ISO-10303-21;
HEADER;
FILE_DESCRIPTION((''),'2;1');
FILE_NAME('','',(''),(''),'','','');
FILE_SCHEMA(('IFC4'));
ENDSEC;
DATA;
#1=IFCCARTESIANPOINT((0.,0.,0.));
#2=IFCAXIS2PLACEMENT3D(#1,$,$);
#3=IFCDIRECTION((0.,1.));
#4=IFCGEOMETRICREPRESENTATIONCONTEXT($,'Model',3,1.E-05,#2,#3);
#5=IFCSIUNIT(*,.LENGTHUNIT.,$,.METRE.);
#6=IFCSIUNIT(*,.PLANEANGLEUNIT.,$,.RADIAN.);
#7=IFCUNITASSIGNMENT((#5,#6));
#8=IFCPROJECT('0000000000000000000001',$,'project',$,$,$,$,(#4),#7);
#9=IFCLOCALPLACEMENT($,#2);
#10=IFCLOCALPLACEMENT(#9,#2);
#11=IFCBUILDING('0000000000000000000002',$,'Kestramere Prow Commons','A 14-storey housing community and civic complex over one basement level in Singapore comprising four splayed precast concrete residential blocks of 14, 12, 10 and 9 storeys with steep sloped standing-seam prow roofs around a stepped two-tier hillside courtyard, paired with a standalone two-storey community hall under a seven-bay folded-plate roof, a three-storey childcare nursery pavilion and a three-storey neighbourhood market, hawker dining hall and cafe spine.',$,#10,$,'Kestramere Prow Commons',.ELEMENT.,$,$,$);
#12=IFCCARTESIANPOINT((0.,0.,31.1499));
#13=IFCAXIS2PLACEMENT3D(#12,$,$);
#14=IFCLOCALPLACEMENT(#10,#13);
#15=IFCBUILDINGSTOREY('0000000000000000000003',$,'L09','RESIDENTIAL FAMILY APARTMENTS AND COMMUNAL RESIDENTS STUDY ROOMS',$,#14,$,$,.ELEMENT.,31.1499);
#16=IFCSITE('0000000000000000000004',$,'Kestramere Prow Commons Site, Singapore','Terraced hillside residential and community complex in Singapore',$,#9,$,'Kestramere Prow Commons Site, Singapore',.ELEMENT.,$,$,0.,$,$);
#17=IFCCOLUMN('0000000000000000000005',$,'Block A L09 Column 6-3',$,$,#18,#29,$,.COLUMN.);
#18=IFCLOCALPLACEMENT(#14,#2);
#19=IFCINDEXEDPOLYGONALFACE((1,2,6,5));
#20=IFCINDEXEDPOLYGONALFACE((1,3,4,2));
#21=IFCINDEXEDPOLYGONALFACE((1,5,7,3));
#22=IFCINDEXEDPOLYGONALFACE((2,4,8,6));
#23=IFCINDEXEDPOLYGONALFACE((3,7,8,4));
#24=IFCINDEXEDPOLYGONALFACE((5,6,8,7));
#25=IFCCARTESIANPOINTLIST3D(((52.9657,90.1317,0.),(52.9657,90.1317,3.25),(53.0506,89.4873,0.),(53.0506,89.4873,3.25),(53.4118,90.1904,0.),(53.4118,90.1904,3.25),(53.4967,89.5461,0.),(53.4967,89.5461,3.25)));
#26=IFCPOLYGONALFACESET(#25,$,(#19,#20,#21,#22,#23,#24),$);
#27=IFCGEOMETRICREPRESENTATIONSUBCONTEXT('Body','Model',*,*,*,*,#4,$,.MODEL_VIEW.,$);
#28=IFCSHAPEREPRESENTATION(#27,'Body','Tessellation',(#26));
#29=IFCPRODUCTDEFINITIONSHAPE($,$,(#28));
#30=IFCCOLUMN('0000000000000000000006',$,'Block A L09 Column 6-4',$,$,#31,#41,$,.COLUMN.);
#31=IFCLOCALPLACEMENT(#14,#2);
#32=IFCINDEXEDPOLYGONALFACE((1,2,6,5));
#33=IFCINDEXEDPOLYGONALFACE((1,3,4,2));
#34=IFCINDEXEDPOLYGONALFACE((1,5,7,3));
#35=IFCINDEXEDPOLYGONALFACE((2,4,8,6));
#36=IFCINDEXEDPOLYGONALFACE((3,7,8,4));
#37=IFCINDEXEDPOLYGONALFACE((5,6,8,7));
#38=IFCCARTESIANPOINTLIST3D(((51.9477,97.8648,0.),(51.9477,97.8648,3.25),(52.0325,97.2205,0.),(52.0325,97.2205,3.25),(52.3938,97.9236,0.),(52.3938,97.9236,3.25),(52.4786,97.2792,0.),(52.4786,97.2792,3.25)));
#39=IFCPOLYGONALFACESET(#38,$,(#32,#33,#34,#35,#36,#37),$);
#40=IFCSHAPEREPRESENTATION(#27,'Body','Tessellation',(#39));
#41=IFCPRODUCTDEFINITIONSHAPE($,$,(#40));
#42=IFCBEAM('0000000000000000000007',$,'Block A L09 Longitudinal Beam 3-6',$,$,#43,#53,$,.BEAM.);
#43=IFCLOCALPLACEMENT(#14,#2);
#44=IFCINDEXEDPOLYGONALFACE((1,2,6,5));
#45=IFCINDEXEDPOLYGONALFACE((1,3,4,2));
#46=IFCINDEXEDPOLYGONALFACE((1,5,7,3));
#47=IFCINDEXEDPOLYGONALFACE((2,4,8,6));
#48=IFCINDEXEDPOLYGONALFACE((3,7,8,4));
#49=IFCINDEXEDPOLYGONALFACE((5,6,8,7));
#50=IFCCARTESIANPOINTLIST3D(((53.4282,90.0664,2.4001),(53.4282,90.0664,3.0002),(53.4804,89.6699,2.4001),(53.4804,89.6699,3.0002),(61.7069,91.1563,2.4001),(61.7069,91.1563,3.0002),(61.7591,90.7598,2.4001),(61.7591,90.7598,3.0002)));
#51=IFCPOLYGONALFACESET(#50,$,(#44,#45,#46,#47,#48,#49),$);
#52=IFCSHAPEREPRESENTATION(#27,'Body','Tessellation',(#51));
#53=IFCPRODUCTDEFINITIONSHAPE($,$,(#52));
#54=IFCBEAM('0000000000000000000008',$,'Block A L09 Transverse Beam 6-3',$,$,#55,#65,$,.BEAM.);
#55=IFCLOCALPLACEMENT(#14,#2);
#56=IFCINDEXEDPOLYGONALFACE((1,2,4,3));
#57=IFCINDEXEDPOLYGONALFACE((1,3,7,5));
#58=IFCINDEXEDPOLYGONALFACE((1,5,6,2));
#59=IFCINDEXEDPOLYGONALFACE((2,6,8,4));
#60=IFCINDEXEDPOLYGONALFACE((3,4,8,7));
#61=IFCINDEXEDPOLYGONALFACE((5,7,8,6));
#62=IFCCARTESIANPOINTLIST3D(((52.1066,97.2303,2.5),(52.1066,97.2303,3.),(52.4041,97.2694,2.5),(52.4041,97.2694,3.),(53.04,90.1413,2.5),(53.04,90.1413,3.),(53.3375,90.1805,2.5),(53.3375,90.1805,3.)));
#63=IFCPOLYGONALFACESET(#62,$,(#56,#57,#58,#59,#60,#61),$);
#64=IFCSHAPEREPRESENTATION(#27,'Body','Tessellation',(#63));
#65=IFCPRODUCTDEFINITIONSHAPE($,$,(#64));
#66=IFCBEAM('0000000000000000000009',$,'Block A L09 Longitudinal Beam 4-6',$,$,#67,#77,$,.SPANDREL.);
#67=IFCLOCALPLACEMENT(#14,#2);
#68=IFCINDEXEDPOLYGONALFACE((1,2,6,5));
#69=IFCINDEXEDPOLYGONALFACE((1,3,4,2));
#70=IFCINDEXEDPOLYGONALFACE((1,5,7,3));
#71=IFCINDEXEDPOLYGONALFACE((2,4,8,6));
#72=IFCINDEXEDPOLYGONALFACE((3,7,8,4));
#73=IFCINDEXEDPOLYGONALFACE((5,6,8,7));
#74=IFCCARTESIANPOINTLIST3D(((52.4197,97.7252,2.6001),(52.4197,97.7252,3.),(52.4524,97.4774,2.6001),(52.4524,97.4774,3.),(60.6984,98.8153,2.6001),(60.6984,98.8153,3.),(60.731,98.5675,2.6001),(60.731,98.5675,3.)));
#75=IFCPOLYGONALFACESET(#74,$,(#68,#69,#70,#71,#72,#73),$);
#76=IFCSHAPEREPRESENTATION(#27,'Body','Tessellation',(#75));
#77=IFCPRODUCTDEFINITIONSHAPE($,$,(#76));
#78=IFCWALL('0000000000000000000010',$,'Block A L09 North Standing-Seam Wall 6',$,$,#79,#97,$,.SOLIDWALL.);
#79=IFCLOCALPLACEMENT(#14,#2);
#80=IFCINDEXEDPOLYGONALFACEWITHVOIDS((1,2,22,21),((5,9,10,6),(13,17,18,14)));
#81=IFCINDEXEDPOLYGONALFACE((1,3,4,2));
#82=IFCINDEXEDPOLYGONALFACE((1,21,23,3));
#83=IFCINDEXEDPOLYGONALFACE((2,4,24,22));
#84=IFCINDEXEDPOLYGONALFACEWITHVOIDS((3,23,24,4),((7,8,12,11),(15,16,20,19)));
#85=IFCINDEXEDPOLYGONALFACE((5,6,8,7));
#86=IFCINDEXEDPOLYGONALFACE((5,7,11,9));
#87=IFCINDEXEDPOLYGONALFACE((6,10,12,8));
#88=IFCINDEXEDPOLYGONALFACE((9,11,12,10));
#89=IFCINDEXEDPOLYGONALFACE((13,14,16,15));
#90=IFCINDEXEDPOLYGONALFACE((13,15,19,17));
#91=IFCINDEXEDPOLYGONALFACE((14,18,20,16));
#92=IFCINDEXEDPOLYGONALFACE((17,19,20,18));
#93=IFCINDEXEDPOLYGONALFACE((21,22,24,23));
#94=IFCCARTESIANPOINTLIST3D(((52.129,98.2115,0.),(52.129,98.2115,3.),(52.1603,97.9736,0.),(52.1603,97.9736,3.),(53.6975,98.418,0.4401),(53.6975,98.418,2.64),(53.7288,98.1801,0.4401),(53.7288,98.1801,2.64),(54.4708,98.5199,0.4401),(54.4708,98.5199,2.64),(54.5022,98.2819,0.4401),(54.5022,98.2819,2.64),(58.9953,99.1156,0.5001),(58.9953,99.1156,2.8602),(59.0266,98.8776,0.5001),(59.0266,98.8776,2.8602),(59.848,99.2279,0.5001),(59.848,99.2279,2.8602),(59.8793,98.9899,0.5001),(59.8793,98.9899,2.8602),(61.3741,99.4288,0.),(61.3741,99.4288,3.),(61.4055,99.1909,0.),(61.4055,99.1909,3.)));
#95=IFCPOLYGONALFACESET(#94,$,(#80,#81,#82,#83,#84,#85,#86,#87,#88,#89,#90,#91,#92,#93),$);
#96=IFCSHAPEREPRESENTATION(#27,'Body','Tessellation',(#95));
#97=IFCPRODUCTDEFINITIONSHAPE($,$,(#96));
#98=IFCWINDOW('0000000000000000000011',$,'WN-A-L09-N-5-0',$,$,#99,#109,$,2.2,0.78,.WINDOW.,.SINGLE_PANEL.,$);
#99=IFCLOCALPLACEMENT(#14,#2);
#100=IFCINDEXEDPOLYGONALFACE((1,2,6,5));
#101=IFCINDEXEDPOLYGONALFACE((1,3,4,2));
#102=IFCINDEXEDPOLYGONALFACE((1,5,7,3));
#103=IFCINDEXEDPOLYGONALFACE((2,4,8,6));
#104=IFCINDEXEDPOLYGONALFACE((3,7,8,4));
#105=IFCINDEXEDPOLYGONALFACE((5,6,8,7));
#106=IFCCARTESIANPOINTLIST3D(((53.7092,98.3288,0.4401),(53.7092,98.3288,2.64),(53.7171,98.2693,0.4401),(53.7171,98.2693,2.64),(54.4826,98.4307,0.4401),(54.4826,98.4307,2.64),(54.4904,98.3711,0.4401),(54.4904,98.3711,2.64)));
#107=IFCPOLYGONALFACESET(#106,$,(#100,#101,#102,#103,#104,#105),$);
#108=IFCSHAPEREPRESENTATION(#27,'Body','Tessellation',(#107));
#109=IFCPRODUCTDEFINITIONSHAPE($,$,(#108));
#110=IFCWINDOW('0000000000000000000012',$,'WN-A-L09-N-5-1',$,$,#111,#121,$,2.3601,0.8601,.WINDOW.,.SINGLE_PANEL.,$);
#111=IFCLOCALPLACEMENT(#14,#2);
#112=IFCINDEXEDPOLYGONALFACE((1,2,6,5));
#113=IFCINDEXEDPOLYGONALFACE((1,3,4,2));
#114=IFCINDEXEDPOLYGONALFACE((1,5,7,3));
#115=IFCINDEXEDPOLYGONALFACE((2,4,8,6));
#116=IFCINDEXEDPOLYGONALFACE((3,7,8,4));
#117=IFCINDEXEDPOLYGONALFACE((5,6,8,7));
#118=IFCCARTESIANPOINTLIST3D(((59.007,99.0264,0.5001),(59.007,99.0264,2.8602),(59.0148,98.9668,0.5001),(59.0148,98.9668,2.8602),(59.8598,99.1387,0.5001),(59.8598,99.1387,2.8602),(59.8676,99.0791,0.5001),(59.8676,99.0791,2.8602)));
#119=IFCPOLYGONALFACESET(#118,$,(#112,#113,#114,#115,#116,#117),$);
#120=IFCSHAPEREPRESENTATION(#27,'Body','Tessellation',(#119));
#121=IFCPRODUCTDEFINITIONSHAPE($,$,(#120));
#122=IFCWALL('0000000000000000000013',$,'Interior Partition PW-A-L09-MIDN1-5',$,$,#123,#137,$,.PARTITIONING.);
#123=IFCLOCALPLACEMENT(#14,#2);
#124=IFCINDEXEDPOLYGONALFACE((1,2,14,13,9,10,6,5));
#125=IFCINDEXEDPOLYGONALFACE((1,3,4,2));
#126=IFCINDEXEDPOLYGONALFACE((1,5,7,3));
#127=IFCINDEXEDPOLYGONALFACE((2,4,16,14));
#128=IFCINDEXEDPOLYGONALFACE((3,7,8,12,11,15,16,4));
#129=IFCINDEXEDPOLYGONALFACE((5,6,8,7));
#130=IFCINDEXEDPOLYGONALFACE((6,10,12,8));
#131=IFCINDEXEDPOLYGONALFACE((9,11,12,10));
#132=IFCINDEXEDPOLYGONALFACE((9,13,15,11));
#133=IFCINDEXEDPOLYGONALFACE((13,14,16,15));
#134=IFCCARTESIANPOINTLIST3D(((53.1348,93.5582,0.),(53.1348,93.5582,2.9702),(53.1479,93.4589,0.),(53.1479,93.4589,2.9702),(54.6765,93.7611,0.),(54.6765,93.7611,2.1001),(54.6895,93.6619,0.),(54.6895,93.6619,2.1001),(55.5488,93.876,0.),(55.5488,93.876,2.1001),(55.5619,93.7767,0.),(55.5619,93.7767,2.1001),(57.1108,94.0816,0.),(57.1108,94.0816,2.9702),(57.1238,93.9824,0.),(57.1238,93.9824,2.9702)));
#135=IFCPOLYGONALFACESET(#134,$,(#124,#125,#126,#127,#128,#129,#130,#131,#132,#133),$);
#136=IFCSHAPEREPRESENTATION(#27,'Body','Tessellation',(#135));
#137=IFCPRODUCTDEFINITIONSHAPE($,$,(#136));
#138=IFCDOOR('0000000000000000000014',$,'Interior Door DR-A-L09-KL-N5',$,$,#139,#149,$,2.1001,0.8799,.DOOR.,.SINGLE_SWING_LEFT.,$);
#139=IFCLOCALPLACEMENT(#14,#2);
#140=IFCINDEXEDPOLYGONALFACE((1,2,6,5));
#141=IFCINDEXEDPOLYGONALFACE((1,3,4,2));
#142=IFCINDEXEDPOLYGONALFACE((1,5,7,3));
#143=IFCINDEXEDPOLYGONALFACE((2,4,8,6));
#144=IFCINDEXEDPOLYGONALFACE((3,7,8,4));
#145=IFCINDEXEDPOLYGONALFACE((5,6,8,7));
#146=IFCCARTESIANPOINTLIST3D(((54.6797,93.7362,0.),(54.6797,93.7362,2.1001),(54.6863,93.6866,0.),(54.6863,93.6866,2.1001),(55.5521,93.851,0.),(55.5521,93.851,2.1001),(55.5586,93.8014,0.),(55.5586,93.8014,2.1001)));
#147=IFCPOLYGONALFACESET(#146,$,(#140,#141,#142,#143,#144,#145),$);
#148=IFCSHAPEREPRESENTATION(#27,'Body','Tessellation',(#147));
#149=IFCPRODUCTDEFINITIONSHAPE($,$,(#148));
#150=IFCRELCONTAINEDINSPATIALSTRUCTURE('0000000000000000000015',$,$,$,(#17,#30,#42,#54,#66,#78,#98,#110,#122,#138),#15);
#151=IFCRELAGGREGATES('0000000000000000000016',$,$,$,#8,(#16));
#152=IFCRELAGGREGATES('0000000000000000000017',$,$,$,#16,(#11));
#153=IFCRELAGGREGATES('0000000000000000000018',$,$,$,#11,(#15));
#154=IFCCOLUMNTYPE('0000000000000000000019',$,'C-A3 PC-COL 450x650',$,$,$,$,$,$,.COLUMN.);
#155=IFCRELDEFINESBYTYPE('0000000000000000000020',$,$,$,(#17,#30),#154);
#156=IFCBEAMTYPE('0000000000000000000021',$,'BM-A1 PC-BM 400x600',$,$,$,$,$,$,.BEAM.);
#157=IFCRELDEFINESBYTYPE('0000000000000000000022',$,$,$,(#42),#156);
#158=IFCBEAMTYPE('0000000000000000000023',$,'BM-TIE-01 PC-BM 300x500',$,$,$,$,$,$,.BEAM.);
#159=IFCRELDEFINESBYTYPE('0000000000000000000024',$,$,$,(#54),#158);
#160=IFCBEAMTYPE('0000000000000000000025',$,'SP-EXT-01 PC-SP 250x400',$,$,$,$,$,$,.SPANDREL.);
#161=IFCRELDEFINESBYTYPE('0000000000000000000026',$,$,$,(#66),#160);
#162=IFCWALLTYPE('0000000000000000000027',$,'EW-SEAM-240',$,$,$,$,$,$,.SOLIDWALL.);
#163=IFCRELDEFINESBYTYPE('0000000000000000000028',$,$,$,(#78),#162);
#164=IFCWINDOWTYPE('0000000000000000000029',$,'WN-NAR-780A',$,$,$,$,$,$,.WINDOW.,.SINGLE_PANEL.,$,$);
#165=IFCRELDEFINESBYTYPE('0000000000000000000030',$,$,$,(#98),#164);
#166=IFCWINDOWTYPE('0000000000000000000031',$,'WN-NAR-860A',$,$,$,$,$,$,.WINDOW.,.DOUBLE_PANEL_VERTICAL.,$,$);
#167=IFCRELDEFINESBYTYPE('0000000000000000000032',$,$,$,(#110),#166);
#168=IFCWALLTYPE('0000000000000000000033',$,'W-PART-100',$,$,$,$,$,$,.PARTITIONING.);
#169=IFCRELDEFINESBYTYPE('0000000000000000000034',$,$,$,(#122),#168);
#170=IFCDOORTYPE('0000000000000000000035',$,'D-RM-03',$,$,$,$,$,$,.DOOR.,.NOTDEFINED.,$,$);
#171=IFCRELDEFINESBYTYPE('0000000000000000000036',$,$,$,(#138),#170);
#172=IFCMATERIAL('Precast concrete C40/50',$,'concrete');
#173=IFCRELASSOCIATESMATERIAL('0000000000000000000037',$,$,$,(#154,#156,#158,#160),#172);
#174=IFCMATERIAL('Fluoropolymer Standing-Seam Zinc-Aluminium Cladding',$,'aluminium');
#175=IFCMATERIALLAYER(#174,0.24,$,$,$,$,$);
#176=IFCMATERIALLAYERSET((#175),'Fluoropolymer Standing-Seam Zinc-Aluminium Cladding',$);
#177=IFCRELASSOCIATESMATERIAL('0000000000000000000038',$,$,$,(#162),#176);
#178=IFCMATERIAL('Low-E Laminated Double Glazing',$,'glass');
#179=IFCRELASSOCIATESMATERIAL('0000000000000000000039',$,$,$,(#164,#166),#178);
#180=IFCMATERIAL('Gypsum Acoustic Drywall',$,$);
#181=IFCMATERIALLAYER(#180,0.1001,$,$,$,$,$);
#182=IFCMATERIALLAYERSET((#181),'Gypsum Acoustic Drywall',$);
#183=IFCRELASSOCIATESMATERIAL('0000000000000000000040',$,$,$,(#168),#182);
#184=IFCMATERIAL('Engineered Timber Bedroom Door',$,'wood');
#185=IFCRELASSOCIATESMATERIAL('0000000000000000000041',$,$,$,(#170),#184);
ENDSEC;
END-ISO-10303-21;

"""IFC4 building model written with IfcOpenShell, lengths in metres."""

from ifc_helpers import new_model, si_unit, direction, frame, frame_2d, origin, origin_2d, place, context, subcontext, project, spatial, rectangle, extrude, material, layer, layer_set, material_profile, profile_set, type_object, element, fill, save


model = new_model("IFC4")

# Units and contexts
model_context = context("Model", 3, precision=1e-05, world=origin(), true_north=direction((0.0, 1.0)))
body_context = subcontext(model_context, "Body", "Model", "MODEL_VIEW")
ifc_project = project(units=[si_unit("LENGTHUNIT", "METRE"), si_unit("PLANEANGLEUNIT", "RADIAN")], contexts=[model_context])

# Site, building, storey
site_placement = place(None, origin())
site = spatial("IfcSite", under=ifc_project, at=site_placement, Name="Kestramere Prow Commons Site, Singapore", Description="Terraced hillside residential and community complex in Singapore", LongName="Kestramere Prow Commons Site, Singapore", CompositionType="ELEMENT", RefElevation=0.0)
building_placement = place(site_placement, origin())
building = spatial("IfcBuilding", under=site, at=building_placement, Name="Kestramere Prow Commons", Description="A 14-storey housing community and civic complex over one basement level in Singapore comprising four splayed precast concrete residential blocks of 14, 12, 10 and 9 storeys with steep sloped standing-seam prow roofs around a stepped two-tier hillside courtyard, paired with a standalone two-storey community hall under a seven-bay folded-plate roof, a three-storey childcare nursery pavilion and a three-storey neighbourhood market, hawker dining hall and cafe spine.", LongName="Kestramere Prow Commons", CompositionType="ELEMENT")
storey_placement = place(building_placement, frame((0.0, 0.0, 31.1499)))
storey = spatial("IfcBuildingStorey", under=building, at=storey_placement, Name="L09", Description="RESIDENTIAL FAMILY APARTMENTS AND COMMUNAL RESIDENTS STUDY ROOMS", CompositionType="ELEMENT", Elevation=31.1499)

# Columns
ifc_material_1 = material(Name="Precast concrete C40/50", Category="concrete")
ifc_material_profile_1 = material_profile(ifc_material_1, rectangle(XDim=0.45, YDim=0.6499, at=origin_2d()), Name="PC-COL 450x650")
ifc_profile_set_1 = profile_set([ifc_material_profile_1], Name="Precast concrete C40/50")
column_type = type_object("IfcColumnType", Name="C-A3 PC-COL 450x650", PredefinedType="COLUMN", material=ifc_profile_set_1)
for number, where, z_axis, x_axis, name in (
    (1, (53.2312, 89.8389, 0.0), (0.0, 0.0, 1.0), (0.991445, 0.130526, 0.0), "Block A L09 Column 6-3"),
    (2, (52.2131, 97.572, 0.0), (0.0, 0.0, 1.0), (0.991445, 0.130526, 0.0), "Block A L09 Column 6-4"),
):
    element("IfcColumn", number, at=place(storey_placement, frame(where, z_axis=z_axis, x_axis=x_axis)), inside=storey, type_object=column_type, Name=name, PredefinedType="COLUMN", context=body_context, shape_type="SweptSolid", body=[
        extrude(rectangle(XDim=0.45, YDim=0.6499, at=origin_2d()), origin(), (0.0, 0.0, 1.0), 3.25),
    ])

# Beams
ifc_material_profile_2 = material_profile(ifc_material_1, rectangle(XDim=0.3999, YDim=0.6001, at=origin_2d()), Name="PC-BM 400x600")
ifc_profile_set_2 = profile_set([ifc_material_profile_2], Name="Precast concrete C40/50")
beam_type_1 = type_object("IfcBeamType", Name="BM-A1 PC-BM 400x600", PredefinedType="BEAM", material=ifc_profile_set_2)
beam_1_placement = place(storey_placement, frame((53.4543, 89.8682, 2.7002), z_axis=(0.991446, 0.13052, 0.0), x_axis=(-0.13052, 0.991446, 0.0)))
element("IfcBeam", 3, at=beam_1_placement, inside=storey, type_object=beam_type_1, Name="Block A L09 Longitudinal Beam 3-6", PredefinedType="BEAM", context=body_context, shape_type="SweptSolid", body=[
    extrude(rectangle(XDim=0.3999, YDim=0.6001, at=origin_2d()), origin(), (0.0, 0.0, 1.0), 8.3501),
])
ifc_material_profile_3 = material_profile(ifc_material_1, rectangle(XDim=0.3, YDim=0.5, at=origin_2d()), Name="PC-BM 300x500")
ifc_profile_set_3 = profile_set([ifc_material_profile_3], Name="Precast concrete C40/50")
beam_type_2 = type_object("IfcBeamType", Name="BM-TIE-01 PC-BM 300x500", PredefinedType="BEAM", material=ifc_profile_set_3)
beam_2_placement = place(storey_placement, frame((53.1887, 90.1609, 2.75), z_axis=(-0.130538, 0.991443, 0.0), x_axis=(-0.991443, -0.130538, 0.0)))
element("IfcBeam", 4, at=beam_2_placement, inside=storey, type_object=beam_type_2, Name="Block A L09 Transverse Beam 6-3", PredefinedType="BEAM", context=body_context, shape_type="SweptSolid", body=[
    extrude(rectangle(XDim=0.3, YDim=0.5, at=origin_2d()), origin(), (0.0, 0.0, 1.0), 7.1501),
])
ifc_material_profile_4 = material_profile(ifc_material_1, rectangle(XDim=0.25, YDim=0.3999, at=origin_2d()), Name="PC-SP 250x400")
ifc_profile_set_4 = profile_set([ifc_material_profile_4], Name="Precast concrete C40/50")
beam_type_3 = type_object("IfcBeamType", Name="SP-EXT-01 PC-SP 250x400", PredefinedType="SPANDREL", material=ifc_profile_set_4)
beam_3_placement = place(storey_placement, frame((52.436, 97.6013, 2.8), z_axis=(0.991442, 0.130549, 0.0), x_axis=(-0.130549, 0.991442, 0.0)))
element("IfcBeam", 5, at=beam_3_placement, inside=storey, type_object=beam_type_3, Name="Block A L09 Longitudinal Beam 4-6", PredefinedType="SPANDREL", context=body_context, shape_type="SweptSolid", body=[
    extrude(rectangle(XDim=0.25, YDim=0.3999, at=origin_2d()), origin(), (0.0, 0.0, 1.0), 8.3501),
])

# Wall, openings, windows
ifc_material_2 = material(Name="Fluoropolymer Standing-Seam Zinc-Aluminium Cladding", Category="aluminium")
ifc_layer_1 = layer(ifc_material_2, 0.24)
ifc_layer_set_1 = layer_set([ifc_layer_1], Name="Fluoropolymer Standing-Seam Zinc-Aluminium Cladding")
wall_type_1 = type_object("IfcWallType", Name="EW-SEAM-240", PredefinedType="SOLIDWALL", material=ifc_layer_set_1)
wall_1_placement = place(storey_placement, frame((52.1445, 98.0925, 0.0), z_axis=(0.0, 0.0, 1.0), x_axis=(0.991443, 0.130541, 0.0)))
wall_1 = element("IfcWall", 6, at=wall_1_placement, inside=storey, type_object=wall_type_1, Name="Block A L09 North Standing-Seam Wall 6", PredefinedType="SOLIDWALL", context=body_context, shape_type="SweptSolid", body=[
    extrude(rectangle(XDim=9.325, YDim=0.24, at=frame_2d((4.6626, 0.0))), origin(), (0.0, 0.0, 1.0), 3.0),
])
opening_1_placement = place(wall_1_placement, frame((1.582, 0.0, 0.4399)))
opening_1 = element("IfcOpeningElement", 7, at=opening_1_placement, cuts=wall_1, PredefinedType="OPENING", context=body_context, shape_type="SweptSolid", body=[
    extrude(rectangle(XDim=0.78, YDim=2.2, at=frame_2d((0.3901, 1.1001))), frame((0.0, 0.135, 0.0), z_axis=(0.0, -1.0, 0.0), x_axis=(1.0, 0.0, 0.0)), (0.0, 0.0, 1.0), 0.27),
])
opening_2_placement = place(wall_1_placement, frame((6.9255, 0.0, 0.5)))
opening_2 = element("IfcOpeningElement", 8, at=opening_2_placement, cuts=wall_1, PredefinedType="OPENING", context=body_context, shape_type="SweptSolid", body=[
    extrude(rectangle(XDim=0.8601, YDim=2.3601, at=frame_2d((0.4302, 1.1802))), frame((0.0, 0.135, 0.0), z_axis=(0.0, -1.0, 0.0), x_axis=(1.0, 0.0, 0.0)), (0.0, 0.0, 1.0), 0.27),
])
ifc_material_3 = material(Name="Low-E Laminated Double Glazing", Category="glass")
window_type_1 = type_object("IfcWindowType", Name="WN-NAR-780A", PartitioningType="SINGLE_PANEL", PredefinedType="WINDOW", material=ifc_material_3)
window_1_placement = place(opening_1_placement, origin())
window_1 = element("IfcWindow", 9, at=window_1_placement, inside=storey, type_object=window_type_1, Name="WN-A-L09-N-5-0", OverallHeight=2.2, OverallWidth=0.78, PartitioningType="SINGLE_PANEL", PredefinedType="WINDOW", context=body_context, shape_type="SweptSolid", body=[
    extrude(rectangle(XDim=0.78, YDim=2.2, at=frame_2d((0.3901, 1.1001))), frame((0.0, 0.03, 0.0), z_axis=(0.0, -1.0, 0.0), x_axis=(1.0, 0.0, 0.0)), (0.0, 0.0, 1.0), 0.0601),
])
fill(opening_1, window_1)
window_type_2 = type_object("IfcWindowType", Name="WN-NAR-860A", PartitioningType="DOUBLE_PANEL_VERTICAL", PredefinedType="WINDOW", material=ifc_material_3)
window_2_placement = place(opening_2_placement, origin())
window_2 = element("IfcWindow", 10, at=window_2_placement, inside=storey, type_object=window_type_2, Name="WN-A-L09-N-5-1", OverallHeight=2.3601, OverallWidth=0.8601, PartitioningType="SINGLE_PANEL", PredefinedType="WINDOW", context=body_context, shape_type="SweptSolid", body=[
    extrude(rectangle(XDim=0.8601, YDim=2.3601, at=frame_2d((0.4302, 1.1802))), frame((0.0, 0.03, 0.0), z_axis=(0.0, -1.0, 0.0), x_axis=(1.0, 0.0, 0.0)), (0.0, 0.0, 1.0), 0.0601),
])
fill(opening_2, window_2)

# Wall, opening, door
ifc_material_4 = material(Name="Gypsum Acoustic Drywall")
ifc_layer_2 = layer(ifc_material_4, 0.1001)
ifc_layer_set_2 = layer_set([ifc_layer_2], Name="Gypsum Acoustic Drywall")
wall_type_2 = type_object("IfcWallType", Name="W-PART-100", PredefinedType="PARTITIONING", material=ifc_layer_set_2)
wall_2_placement = place(storey_placement, frame((53.1414, 93.5085, 0.0), z_axis=(0.0, 0.0, 1.0), x_axis=(0.991445, 0.130529, 0.0)))
wall_2 = element("IfcWall", 11, at=wall_2_placement, inside=storey, type_object=wall_type_2, Name="Interior Partition PW-A-L09-MIDN1-5", PredefinedType="PARTITIONING", context=body_context, shape_type="SweptSolid", body=[
    extrude(rectangle(XDim=4.0103, YDim=0.1001, at=frame_2d((2.0051, 0.0))), origin(), (0.0, 0.0, 1.0), 2.9702),
])
opening_3_placement = place(wall_2_placement, frame((1.5549, 0.0, 0.0)))
opening_3 = element("IfcOpeningElement", 12, at=opening_3_placement, cuts=wall_2, PredefinedType="OPENING", context=body_context, shape_type="SweptSolid", body=[
    extrude(rectangle(XDim=0.8799, YDim=2.1001, at=frame_2d((0.4399, 1.05))), frame((0.0, 0.0649, 0.0), z_axis=(0.0, -1.0, 0.0), x_axis=(1.0, 0.0, 0.0)), (0.0, 0.0, 1.0), 0.1301),
])
ifc_material_5 = material(Name="Engineered Timber Bedroom Door", Category="wood")
door_type_1 = type_object("IfcDoorType", Name="D-RM-03", OperationType="NOTDEFINED", PredefinedType="DOOR", material=ifc_material_5)
door_1_placement = place(opening_3_placement, origin())
door_1 = element("IfcDoor", 13, at=door_1_placement, inside=storey, type_object=door_type_1, Name="Interior Door DR-A-L09-KL-N5", OperationType="SINGLE_SWING_LEFT", OverallHeight=2.1001, OverallWidth=0.8799, PredefinedType="DOOR", context=body_context, shape_type="SweptSolid", body=[
    extrude(rectangle(XDim=0.8799, YDim=2.1001, at=frame_2d((0.4399, 1.05))), frame((0.0, 0.0249, 0.0), z_axis=(0.0, -1.0, 0.0), x_axis=(1.0, 0.0, 0.0)), (0.0, 0.0, 1.0), 0.05),
])
fill(opening_3, door_1)

save(model, "model.ifc")
